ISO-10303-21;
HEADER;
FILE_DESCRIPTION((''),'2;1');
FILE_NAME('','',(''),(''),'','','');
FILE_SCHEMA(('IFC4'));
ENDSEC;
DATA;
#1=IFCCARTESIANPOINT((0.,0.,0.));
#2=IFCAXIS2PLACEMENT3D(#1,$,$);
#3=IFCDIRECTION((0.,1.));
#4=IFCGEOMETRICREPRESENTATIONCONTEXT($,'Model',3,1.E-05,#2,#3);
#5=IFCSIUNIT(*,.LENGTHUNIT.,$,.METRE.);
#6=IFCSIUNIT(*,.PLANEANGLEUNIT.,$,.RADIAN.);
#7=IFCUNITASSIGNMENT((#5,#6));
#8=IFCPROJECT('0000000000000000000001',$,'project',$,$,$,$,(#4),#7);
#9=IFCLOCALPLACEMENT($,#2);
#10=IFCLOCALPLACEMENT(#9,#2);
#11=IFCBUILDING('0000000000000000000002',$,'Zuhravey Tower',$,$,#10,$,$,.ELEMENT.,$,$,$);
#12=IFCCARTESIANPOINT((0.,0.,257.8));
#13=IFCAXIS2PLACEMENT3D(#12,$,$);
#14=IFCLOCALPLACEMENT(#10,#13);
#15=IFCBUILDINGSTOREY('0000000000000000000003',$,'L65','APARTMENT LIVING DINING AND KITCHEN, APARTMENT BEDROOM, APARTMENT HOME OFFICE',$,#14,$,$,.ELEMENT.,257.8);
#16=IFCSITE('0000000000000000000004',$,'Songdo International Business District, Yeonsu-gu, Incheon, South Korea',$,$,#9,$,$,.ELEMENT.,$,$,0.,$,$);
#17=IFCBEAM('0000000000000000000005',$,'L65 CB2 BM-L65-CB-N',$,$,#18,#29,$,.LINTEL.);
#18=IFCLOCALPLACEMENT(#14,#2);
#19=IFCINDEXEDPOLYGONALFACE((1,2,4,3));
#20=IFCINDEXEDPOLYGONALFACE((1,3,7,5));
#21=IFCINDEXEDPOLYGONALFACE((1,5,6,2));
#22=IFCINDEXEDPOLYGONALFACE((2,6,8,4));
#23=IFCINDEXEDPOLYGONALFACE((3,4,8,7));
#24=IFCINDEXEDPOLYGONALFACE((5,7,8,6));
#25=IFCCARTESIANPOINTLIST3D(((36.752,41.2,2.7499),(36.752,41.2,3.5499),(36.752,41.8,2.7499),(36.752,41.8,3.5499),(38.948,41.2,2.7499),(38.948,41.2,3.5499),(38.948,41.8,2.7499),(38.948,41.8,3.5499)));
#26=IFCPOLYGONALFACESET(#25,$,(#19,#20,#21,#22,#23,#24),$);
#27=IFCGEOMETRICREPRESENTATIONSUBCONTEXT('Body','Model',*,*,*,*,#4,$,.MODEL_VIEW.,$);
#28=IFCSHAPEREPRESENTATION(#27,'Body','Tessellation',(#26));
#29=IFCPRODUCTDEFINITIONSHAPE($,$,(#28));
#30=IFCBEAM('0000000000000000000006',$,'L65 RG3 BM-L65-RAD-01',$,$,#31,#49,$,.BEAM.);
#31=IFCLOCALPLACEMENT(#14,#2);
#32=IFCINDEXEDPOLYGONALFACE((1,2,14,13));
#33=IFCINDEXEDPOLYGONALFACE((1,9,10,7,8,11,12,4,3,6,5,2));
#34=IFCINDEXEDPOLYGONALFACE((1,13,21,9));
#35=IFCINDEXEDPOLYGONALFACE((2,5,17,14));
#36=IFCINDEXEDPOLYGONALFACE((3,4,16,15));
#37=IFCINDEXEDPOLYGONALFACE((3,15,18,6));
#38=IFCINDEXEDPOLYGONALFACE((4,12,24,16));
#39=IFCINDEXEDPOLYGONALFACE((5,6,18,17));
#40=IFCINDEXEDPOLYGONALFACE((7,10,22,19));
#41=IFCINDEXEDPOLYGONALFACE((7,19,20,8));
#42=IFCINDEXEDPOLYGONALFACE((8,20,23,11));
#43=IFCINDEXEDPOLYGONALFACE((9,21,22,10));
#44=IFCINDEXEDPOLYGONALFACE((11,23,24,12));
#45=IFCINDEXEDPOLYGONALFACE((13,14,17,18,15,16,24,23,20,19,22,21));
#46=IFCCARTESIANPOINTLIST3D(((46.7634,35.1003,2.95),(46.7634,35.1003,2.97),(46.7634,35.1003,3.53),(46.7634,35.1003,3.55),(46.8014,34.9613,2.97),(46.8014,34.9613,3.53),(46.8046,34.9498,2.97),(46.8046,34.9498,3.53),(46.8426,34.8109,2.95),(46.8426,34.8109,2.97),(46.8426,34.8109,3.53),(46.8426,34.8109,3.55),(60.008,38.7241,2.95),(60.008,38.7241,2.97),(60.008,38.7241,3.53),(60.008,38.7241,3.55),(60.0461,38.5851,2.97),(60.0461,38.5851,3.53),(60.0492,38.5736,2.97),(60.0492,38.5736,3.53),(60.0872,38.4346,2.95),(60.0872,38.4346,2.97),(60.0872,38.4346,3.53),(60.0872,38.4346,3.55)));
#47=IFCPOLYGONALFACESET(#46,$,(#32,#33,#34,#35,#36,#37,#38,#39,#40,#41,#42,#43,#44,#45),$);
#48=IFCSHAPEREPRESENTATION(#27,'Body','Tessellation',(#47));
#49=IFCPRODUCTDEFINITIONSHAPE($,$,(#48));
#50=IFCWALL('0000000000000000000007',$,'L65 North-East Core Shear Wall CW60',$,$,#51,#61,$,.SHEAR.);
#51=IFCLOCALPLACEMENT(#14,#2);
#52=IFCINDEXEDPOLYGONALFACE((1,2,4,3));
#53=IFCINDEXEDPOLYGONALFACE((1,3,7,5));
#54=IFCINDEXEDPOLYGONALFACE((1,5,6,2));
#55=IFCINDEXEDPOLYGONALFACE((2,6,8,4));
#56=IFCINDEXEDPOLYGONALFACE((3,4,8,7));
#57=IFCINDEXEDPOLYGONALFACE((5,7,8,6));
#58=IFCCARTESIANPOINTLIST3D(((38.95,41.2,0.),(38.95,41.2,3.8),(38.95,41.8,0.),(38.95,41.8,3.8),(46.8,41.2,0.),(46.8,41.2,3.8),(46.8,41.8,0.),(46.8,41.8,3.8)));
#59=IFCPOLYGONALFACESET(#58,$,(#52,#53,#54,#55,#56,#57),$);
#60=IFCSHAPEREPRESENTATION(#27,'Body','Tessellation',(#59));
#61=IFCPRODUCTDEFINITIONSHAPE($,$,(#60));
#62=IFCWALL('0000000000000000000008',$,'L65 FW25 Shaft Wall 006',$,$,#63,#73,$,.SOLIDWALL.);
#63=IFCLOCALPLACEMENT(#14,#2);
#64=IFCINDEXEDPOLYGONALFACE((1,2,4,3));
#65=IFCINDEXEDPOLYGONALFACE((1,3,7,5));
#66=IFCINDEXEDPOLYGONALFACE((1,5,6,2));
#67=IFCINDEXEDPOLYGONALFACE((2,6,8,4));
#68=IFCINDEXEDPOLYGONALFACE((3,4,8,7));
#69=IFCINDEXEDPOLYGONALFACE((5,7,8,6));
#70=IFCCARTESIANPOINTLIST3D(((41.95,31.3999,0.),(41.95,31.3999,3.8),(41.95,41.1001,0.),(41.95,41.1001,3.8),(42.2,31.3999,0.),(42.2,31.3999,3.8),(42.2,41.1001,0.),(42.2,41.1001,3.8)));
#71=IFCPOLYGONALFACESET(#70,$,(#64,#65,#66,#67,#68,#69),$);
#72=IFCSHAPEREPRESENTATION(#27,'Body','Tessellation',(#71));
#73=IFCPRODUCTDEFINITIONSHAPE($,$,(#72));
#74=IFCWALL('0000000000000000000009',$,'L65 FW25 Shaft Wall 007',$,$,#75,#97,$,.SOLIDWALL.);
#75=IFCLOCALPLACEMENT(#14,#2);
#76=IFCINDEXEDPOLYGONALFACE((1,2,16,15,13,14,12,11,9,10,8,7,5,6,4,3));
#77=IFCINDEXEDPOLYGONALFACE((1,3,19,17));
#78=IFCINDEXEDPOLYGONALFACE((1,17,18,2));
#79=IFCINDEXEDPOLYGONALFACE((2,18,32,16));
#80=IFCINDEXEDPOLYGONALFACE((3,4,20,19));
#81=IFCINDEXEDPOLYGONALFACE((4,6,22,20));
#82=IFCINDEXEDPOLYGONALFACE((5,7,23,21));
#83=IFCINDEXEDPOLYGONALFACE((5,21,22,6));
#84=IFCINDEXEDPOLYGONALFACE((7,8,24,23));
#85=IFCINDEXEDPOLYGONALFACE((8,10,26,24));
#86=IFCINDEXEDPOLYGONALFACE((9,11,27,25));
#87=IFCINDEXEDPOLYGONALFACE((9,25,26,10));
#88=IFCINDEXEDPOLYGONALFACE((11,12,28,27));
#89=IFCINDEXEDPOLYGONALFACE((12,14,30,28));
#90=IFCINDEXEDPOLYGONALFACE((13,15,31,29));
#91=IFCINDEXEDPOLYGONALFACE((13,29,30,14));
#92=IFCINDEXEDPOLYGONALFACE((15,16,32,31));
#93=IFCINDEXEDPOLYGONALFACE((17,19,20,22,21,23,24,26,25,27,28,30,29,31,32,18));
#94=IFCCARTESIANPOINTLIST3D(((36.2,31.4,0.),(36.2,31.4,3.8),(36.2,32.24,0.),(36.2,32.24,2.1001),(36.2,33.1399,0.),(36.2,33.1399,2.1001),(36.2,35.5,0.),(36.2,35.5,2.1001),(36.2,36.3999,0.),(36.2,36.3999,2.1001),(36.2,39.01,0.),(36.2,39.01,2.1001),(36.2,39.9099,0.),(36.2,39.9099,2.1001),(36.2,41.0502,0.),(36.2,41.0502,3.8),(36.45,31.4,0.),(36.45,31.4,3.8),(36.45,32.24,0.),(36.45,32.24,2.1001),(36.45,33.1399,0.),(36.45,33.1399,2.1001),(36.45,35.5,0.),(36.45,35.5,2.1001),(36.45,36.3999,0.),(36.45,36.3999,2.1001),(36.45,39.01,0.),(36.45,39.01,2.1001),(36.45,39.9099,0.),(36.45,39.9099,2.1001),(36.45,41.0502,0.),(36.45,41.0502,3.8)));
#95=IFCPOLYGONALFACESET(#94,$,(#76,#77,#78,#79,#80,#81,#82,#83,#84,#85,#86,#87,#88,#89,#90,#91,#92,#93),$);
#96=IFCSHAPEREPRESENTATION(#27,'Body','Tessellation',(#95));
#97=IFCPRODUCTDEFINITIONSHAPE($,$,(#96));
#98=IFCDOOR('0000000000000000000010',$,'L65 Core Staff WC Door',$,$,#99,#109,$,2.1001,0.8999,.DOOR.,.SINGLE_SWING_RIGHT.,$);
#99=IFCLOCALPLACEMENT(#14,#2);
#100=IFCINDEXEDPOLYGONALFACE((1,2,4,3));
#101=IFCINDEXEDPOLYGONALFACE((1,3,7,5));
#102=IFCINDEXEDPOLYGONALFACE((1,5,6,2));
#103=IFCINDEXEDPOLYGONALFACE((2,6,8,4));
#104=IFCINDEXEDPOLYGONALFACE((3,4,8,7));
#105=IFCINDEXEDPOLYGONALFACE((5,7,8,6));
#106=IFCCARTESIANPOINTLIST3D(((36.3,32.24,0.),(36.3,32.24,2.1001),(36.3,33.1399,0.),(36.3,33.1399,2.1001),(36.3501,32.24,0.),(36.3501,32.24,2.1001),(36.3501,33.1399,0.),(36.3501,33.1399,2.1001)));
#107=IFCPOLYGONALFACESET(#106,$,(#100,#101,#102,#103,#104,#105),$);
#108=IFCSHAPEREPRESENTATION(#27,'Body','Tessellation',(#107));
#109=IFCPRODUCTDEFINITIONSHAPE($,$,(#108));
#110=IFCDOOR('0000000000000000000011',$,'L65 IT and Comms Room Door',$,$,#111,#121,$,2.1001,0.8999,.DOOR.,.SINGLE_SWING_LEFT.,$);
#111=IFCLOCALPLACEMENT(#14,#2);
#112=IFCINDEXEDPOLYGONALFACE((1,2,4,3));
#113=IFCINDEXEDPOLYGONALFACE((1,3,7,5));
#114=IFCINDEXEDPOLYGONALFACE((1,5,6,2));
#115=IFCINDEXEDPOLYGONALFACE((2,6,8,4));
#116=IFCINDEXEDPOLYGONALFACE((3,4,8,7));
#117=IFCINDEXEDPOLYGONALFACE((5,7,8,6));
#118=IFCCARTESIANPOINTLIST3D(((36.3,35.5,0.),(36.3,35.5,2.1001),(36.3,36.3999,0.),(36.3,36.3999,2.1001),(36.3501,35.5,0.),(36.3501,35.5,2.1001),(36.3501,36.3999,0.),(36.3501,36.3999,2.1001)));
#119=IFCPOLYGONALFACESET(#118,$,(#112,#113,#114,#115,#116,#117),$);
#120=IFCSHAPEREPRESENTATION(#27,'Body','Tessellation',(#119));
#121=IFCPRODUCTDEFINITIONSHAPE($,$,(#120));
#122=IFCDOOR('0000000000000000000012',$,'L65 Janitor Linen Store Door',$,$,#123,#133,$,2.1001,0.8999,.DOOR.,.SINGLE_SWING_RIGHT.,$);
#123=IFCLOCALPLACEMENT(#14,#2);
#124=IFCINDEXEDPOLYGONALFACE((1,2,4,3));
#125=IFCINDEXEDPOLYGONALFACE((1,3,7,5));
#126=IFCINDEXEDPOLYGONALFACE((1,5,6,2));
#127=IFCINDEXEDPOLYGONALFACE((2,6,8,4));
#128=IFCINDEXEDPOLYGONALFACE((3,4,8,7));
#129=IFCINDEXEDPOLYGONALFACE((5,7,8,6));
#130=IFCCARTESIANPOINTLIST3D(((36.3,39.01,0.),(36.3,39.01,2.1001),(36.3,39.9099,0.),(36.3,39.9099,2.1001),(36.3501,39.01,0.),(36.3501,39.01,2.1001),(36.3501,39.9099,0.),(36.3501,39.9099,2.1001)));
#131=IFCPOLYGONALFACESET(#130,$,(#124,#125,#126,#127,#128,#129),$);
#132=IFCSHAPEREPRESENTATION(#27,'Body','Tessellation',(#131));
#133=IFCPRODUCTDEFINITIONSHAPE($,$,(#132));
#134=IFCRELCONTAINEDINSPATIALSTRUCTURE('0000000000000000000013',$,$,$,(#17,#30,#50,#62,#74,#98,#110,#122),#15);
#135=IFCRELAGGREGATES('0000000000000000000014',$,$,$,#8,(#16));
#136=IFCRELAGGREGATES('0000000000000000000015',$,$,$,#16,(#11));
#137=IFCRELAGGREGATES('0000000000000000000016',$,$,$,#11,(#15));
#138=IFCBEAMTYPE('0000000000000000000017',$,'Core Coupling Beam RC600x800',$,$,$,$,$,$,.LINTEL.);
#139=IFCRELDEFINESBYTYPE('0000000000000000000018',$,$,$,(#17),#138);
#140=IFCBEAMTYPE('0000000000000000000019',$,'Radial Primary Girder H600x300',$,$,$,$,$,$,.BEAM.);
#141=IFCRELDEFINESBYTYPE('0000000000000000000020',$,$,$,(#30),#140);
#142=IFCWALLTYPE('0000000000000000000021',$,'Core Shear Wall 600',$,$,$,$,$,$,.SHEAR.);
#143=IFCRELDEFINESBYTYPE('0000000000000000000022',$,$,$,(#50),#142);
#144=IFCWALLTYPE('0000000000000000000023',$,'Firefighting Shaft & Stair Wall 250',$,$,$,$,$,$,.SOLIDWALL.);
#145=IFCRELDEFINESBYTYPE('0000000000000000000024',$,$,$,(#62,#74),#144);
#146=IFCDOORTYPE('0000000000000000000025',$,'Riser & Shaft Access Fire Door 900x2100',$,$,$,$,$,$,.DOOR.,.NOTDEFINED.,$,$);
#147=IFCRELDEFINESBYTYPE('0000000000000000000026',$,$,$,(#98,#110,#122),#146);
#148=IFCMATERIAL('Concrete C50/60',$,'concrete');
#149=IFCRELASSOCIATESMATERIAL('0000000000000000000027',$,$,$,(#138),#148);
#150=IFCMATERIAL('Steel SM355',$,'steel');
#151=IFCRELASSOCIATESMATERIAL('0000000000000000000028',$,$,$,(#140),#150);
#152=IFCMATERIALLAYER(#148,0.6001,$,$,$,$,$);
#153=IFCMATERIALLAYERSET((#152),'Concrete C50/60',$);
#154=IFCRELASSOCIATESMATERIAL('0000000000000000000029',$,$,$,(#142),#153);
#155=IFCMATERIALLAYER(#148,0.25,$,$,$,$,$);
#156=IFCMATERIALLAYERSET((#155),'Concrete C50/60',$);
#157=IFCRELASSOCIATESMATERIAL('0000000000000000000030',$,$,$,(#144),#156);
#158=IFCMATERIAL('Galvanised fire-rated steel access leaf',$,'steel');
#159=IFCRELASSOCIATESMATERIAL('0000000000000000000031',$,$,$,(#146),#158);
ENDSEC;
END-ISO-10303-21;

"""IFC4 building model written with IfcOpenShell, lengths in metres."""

from ifc_helpers import new_model, si_unit, direction, frame, frame_2d, origin, origin_2d, place, context, subcontext, project, spatial, rectangle, i_section, extrude, material, layer, layer_set, material_profile, profile_set, type_object, element, fill, save


model = new_model("IFC4")

# Units and contexts
model_context = context("Model", 3, precision=1e-05, world=origin(), true_north=direction((0.0, 1.0)))
body_context = subcontext(model_context, "Body", "Model", "MODEL_VIEW")
ifc_project = project(units=[si_unit("LENGTHUNIT", "METRE"), si_unit("PLANEANGLEUNIT", "RADIAN")], contexts=[model_context])

# Site, building, storey
site_placement = place(None, origin())
site = spatial("IfcSite", under=ifc_project, at=site_placement, Name="Songdo International Business District, Yeonsu-gu, Incheon, South Korea", CompositionType="ELEMENT", RefElevation=0.0)
building_placement = place(site_placement, origin())
building = spatial("IfcBuilding", under=site, at=building_placement, Name="Zuhravey Tower", CompositionType="ELEMENT")
storey_placement = place(building_placement, frame((0.0, 0.0, 257.8)))
storey = spatial("IfcBuildingStorey", under=building, at=storey_placement, Name="L65", Description="APARTMENT LIVING DINING AND KITCHEN, APARTMENT BEDROOM, APARTMENT HOME OFFICE", CompositionType="ELEMENT", Elevation=257.8)

# Beams
ifc_material_1 = material(Name="Concrete C50/60", Category="concrete")
ifc_material_profile_1 = material_profile(ifc_material_1, rectangle(XDim=0.6001, YDim=0.8, at=origin_2d()), Name="RC-600x800")
ifc_profile_set_1 = profile_set([ifc_material_profile_1], Name="Concrete C50/60")
beam_type_1 = type_object("IfcBeamType", Name="Core Coupling Beam RC600x800", PredefinedType="LINTEL", material=ifc_profile_set_1)
beam_1_placement = place(storey_placement, frame((36.752, 41.5, 3.1499), z_axis=(1.0, 0.0, 0.0), x_axis=(0.0, 1.0, 0.0)))
element("IfcBeam", 1, at=beam_1_placement, inside=storey, type_object=beam_type_1, Name="L65 CB2 BM-L65-CB-N", PredefinedType="LINTEL", context=body_context, shape_type="SweptSolid", body=[
    extrude(rectangle(XDim=0.6001, YDim=0.8, at=origin_2d()), origin(), (0.0, 0.0, 1.0), 2.196),
])
ifc_material_2 = material(Name="Steel SM355", Category="steel")
ifc_material_profile_2 = material_profile(ifc_material_2, i_section(OverallWidth=0.3, OverallDepth=0.6001, WebThickness=0.012, FlangeThickness=0.02, at=origin_2d()), Name="H-600x300x12x20")
ifc_profile_set_2 = profile_set([ifc_material_profile_2], Name="Steel SM355")
beam_type_2 = type_object("IfcBeamType", Name="Radial Primary Girder H600x300", PredefinedType="BEAM", material=ifc_profile_set_2)
beam_2_placement = place(storey_placement, frame((46.803, 34.9556, 3.25), z_axis=(0.964549, 0.263904, 0.0), x_axis=(-0.263904, 0.964549, 0.0)))
element("IfcBeam", 2, at=beam_2_placement, inside=storey, type_object=beam_type_2, Name="L65 RG3 BM-L65-RAD-01", PredefinedType="BEAM", context=body_context, shape_type="SweptSolid", body=[
    extrude(i_section(OverallWidth=0.3, OverallDepth=0.6001, WebThickness=0.012, FlangeThickness=0.02, at=origin_2d()), origin(), (0.0, 0.0, 1.0), 13.7314),
])

# Wall
ifc_layer_1 = layer(ifc_material_1, 0.6001)
ifc_layer_set_1 = layer_set([ifc_layer_1], Name="Concrete C50/60")
wall_type_1 = type_object("IfcWallType", Name="Core Shear Wall 600", PredefinedType="SHEAR", material=ifc_layer_set_1)
wall_1_placement = place(storey_placement, frame((46.8, 41.5, 0.0), z_axis=(0.0, 0.0, 1.0), x_axis=(-1.0, 0.0, 0.0)))
element("IfcWall", 3, at=wall_1_placement, inside=storey, type_object=wall_type_1, Name="L65 North-East Core Shear Wall CW60", PredefinedType="SHEAR", context=body_context, shape_type="SweptSolid", body=[
    extrude(rectangle(XDim=7.8501, YDim=0.6001, at=frame_2d((3.925, 0.0))), origin(), (0.0, 0.0, 1.0), 3.8),
])

# Shared definitions
ifc_layer_2 = layer(ifc_material_1, 0.25)
ifc_layer_set_2 = layer_set([ifc_layer_2], Name="Concrete C50/60")
wall_type_2 = type_object("IfcWallType", Name="Firefighting Shaft & Stair Wall 250", PredefinedType="SOLIDWALL", material=ifc_layer_set_2)

# Wall
wall_2_placement = place(storey_placement, frame((42.075, 31.3999, 0.0), z_axis=(0.0, 0.0, 1.0), x_axis=(0.0, 1.0, 0.0)))
element("IfcWall", 4, at=wall_2_placement, inside=storey, type_object=wall_type_2, Name="L65 FW25 Shaft Wall 006", PredefinedType="SOLIDWALL", context=body_context, shape_type="SweptSolid", body=[
    extrude(rectangle(XDim=9.7002, YDim=0.25, at=frame_2d((4.8501, 0.0))), origin(), (0.0, 0.0, 1.0), 3.8),
])

# Wall, openings, doors
wall_3_placement = place(storey_placement, frame((36.325, 31.3999, 0.0), z_axis=(0.0, 0.0, 1.0), x_axis=(0.0, 1.0, 0.0)))
wall_3 = element("IfcWall", 5, at=wall_3_placement, inside=storey, type_object=wall_type_2, Name="L65 FW25 Shaft Wall 007", PredefinedType="SOLIDWALL", context=body_context, shape_type="SweptSolid", body=[
    extrude(rectangle(XDim=9.6501, YDim=0.25, at=frame_2d((4.8252, 0.0))), origin(), (0.0, 0.0, 1.0), 3.8),
])
opening_1_placement = place(wall_3_placement, frame((0.8401, 0.0, 0.0)))
opening_1 = element("IfcOpeningElement", 6, at=opening_1_placement, cuts=wall_3, PredefinedType="OPENING", context=body_context, shape_type="SweptSolid", body=[
    extrude(rectangle(XDim=0.8999, YDim=2.1001, at=frame_2d((0.45, 1.05))), frame((0.0, 0.137, 0.0), z_axis=(0.0, -1.0, 0.0), x_axis=(1.0, 0.0, 0.0)), (0.0, 0.0, 1.0), 0.2739),
])
opening_2_placement = place(wall_3_placement, frame((4.1001, 0.0, 0.0)))
opening_2 = element("IfcOpeningElement", 7, at=opening_2_placement, cuts=wall_3, PredefinedType="OPENING", context=body_context, shape_type="SweptSolid", body=[
    extrude(rectangle(XDim=0.8999, YDim=2.1001, at=frame_2d((0.45, 1.05))), frame((0.0, 0.137, 0.0), z_axis=(0.0, -1.0, 0.0), x_axis=(1.0, 0.0, 0.0)), (0.0, 0.0, 1.0), 0.2739),
])
opening_3_placement = place(wall_3_placement, frame((7.6101, 0.0, 0.0)))
opening_3 = element("IfcOpeningElement", 8, at=opening_3_placement, cuts=wall_3, PredefinedType="OPENING", context=body_context, shape_type="SweptSolid", body=[
    extrude(rectangle(XDim=0.8999, YDim=2.1001, at=frame_2d((0.45, 1.05))), frame((0.0, 0.137, 0.0), z_axis=(0.0, -1.0, 0.0), x_axis=(1.0, 0.0, 0.0)), (0.0, 0.0, 1.0), 0.2739),
])
ifc_material_3 = material(Name="Galvanised fire-rated steel access leaf", Category="steel")
door_type_1 = type_object("IfcDoorType", Name="Riser & Shaft Access Fire Door 900x2100", OperationType="NOTDEFINED", PredefinedType="DOOR", material=ifc_material_3)
door_1_placement = place(opening_1_placement, origin())
door_1 = element("IfcDoor", 9, at=door_1_placement, inside=storey, type_object=door_type_1, Name="L65 Core Staff WC Door", OperationType="SINGLE_SWING_RIGHT", OverallHeight=2.1001, OverallWidth=0.8999, PredefinedType="DOOR", context=body_context, shape_type="SweptSolid", body=[
    extrude(rectangle(XDim=0.8999, YDim=2.1001, at=frame_2d((0.45, 1.05))), frame((0.0, 0.0249, 0.0), z_axis=(0.0, -1.0, 0.0), x_axis=(1.0, 0.0, 0.0)), (0.0, 0.0, 1.0), 0.05),
])
fill(opening_1, door_1)
door_2_placement = place(opening_2_placement, origin())
door_2 = element("IfcDoor", 10, at=door_2_placement, inside=storey, type_object=door_type_1, Name="L65 IT and Comms Room Door", OperationType="SINGLE_SWING_LEFT", OverallHeight=2.1001, OverallWidth=0.8999, PredefinedType="DOOR", context=body_context, shape_type="SweptSolid", body=[
    extrude(rectangle(XDim=0.8999, YDim=2.1001, at=frame_2d((0.45, 1.05))), frame((0.0, 0.0249, 0.0), z_axis=(0.0, -1.0, 0.0), x_axis=(1.0, 0.0, 0.0)), (0.0, 0.0, 1.0), 0.05),
])
fill(opening_2, door_2)
door_3_placement = place(opening_3_placement, origin())
door_3 = element("IfcDoor", 11, at=door_3_placement, inside=storey, type_object=door_type_1, Name="L65 Janitor Linen Store Door", OperationType="SINGLE_SWING_RIGHT", OverallHeight=2.1001, OverallWidth=0.8999, PredefinedType="DOOR", context=body_context, shape_type="SweptSolid", body=[
    extrude(rectangle(XDim=0.8999, YDim=2.1001, at=frame_2d((0.45, 1.05))), frame((0.0, 0.0249, 0.0), z_axis=(0.0, -1.0, 0.0), x_axis=(1.0, 0.0, 0.0)), (0.0, 0.0, 1.0), 0.05),
])
fill(opening_3, door_3)

save(model, "model.ifc")
